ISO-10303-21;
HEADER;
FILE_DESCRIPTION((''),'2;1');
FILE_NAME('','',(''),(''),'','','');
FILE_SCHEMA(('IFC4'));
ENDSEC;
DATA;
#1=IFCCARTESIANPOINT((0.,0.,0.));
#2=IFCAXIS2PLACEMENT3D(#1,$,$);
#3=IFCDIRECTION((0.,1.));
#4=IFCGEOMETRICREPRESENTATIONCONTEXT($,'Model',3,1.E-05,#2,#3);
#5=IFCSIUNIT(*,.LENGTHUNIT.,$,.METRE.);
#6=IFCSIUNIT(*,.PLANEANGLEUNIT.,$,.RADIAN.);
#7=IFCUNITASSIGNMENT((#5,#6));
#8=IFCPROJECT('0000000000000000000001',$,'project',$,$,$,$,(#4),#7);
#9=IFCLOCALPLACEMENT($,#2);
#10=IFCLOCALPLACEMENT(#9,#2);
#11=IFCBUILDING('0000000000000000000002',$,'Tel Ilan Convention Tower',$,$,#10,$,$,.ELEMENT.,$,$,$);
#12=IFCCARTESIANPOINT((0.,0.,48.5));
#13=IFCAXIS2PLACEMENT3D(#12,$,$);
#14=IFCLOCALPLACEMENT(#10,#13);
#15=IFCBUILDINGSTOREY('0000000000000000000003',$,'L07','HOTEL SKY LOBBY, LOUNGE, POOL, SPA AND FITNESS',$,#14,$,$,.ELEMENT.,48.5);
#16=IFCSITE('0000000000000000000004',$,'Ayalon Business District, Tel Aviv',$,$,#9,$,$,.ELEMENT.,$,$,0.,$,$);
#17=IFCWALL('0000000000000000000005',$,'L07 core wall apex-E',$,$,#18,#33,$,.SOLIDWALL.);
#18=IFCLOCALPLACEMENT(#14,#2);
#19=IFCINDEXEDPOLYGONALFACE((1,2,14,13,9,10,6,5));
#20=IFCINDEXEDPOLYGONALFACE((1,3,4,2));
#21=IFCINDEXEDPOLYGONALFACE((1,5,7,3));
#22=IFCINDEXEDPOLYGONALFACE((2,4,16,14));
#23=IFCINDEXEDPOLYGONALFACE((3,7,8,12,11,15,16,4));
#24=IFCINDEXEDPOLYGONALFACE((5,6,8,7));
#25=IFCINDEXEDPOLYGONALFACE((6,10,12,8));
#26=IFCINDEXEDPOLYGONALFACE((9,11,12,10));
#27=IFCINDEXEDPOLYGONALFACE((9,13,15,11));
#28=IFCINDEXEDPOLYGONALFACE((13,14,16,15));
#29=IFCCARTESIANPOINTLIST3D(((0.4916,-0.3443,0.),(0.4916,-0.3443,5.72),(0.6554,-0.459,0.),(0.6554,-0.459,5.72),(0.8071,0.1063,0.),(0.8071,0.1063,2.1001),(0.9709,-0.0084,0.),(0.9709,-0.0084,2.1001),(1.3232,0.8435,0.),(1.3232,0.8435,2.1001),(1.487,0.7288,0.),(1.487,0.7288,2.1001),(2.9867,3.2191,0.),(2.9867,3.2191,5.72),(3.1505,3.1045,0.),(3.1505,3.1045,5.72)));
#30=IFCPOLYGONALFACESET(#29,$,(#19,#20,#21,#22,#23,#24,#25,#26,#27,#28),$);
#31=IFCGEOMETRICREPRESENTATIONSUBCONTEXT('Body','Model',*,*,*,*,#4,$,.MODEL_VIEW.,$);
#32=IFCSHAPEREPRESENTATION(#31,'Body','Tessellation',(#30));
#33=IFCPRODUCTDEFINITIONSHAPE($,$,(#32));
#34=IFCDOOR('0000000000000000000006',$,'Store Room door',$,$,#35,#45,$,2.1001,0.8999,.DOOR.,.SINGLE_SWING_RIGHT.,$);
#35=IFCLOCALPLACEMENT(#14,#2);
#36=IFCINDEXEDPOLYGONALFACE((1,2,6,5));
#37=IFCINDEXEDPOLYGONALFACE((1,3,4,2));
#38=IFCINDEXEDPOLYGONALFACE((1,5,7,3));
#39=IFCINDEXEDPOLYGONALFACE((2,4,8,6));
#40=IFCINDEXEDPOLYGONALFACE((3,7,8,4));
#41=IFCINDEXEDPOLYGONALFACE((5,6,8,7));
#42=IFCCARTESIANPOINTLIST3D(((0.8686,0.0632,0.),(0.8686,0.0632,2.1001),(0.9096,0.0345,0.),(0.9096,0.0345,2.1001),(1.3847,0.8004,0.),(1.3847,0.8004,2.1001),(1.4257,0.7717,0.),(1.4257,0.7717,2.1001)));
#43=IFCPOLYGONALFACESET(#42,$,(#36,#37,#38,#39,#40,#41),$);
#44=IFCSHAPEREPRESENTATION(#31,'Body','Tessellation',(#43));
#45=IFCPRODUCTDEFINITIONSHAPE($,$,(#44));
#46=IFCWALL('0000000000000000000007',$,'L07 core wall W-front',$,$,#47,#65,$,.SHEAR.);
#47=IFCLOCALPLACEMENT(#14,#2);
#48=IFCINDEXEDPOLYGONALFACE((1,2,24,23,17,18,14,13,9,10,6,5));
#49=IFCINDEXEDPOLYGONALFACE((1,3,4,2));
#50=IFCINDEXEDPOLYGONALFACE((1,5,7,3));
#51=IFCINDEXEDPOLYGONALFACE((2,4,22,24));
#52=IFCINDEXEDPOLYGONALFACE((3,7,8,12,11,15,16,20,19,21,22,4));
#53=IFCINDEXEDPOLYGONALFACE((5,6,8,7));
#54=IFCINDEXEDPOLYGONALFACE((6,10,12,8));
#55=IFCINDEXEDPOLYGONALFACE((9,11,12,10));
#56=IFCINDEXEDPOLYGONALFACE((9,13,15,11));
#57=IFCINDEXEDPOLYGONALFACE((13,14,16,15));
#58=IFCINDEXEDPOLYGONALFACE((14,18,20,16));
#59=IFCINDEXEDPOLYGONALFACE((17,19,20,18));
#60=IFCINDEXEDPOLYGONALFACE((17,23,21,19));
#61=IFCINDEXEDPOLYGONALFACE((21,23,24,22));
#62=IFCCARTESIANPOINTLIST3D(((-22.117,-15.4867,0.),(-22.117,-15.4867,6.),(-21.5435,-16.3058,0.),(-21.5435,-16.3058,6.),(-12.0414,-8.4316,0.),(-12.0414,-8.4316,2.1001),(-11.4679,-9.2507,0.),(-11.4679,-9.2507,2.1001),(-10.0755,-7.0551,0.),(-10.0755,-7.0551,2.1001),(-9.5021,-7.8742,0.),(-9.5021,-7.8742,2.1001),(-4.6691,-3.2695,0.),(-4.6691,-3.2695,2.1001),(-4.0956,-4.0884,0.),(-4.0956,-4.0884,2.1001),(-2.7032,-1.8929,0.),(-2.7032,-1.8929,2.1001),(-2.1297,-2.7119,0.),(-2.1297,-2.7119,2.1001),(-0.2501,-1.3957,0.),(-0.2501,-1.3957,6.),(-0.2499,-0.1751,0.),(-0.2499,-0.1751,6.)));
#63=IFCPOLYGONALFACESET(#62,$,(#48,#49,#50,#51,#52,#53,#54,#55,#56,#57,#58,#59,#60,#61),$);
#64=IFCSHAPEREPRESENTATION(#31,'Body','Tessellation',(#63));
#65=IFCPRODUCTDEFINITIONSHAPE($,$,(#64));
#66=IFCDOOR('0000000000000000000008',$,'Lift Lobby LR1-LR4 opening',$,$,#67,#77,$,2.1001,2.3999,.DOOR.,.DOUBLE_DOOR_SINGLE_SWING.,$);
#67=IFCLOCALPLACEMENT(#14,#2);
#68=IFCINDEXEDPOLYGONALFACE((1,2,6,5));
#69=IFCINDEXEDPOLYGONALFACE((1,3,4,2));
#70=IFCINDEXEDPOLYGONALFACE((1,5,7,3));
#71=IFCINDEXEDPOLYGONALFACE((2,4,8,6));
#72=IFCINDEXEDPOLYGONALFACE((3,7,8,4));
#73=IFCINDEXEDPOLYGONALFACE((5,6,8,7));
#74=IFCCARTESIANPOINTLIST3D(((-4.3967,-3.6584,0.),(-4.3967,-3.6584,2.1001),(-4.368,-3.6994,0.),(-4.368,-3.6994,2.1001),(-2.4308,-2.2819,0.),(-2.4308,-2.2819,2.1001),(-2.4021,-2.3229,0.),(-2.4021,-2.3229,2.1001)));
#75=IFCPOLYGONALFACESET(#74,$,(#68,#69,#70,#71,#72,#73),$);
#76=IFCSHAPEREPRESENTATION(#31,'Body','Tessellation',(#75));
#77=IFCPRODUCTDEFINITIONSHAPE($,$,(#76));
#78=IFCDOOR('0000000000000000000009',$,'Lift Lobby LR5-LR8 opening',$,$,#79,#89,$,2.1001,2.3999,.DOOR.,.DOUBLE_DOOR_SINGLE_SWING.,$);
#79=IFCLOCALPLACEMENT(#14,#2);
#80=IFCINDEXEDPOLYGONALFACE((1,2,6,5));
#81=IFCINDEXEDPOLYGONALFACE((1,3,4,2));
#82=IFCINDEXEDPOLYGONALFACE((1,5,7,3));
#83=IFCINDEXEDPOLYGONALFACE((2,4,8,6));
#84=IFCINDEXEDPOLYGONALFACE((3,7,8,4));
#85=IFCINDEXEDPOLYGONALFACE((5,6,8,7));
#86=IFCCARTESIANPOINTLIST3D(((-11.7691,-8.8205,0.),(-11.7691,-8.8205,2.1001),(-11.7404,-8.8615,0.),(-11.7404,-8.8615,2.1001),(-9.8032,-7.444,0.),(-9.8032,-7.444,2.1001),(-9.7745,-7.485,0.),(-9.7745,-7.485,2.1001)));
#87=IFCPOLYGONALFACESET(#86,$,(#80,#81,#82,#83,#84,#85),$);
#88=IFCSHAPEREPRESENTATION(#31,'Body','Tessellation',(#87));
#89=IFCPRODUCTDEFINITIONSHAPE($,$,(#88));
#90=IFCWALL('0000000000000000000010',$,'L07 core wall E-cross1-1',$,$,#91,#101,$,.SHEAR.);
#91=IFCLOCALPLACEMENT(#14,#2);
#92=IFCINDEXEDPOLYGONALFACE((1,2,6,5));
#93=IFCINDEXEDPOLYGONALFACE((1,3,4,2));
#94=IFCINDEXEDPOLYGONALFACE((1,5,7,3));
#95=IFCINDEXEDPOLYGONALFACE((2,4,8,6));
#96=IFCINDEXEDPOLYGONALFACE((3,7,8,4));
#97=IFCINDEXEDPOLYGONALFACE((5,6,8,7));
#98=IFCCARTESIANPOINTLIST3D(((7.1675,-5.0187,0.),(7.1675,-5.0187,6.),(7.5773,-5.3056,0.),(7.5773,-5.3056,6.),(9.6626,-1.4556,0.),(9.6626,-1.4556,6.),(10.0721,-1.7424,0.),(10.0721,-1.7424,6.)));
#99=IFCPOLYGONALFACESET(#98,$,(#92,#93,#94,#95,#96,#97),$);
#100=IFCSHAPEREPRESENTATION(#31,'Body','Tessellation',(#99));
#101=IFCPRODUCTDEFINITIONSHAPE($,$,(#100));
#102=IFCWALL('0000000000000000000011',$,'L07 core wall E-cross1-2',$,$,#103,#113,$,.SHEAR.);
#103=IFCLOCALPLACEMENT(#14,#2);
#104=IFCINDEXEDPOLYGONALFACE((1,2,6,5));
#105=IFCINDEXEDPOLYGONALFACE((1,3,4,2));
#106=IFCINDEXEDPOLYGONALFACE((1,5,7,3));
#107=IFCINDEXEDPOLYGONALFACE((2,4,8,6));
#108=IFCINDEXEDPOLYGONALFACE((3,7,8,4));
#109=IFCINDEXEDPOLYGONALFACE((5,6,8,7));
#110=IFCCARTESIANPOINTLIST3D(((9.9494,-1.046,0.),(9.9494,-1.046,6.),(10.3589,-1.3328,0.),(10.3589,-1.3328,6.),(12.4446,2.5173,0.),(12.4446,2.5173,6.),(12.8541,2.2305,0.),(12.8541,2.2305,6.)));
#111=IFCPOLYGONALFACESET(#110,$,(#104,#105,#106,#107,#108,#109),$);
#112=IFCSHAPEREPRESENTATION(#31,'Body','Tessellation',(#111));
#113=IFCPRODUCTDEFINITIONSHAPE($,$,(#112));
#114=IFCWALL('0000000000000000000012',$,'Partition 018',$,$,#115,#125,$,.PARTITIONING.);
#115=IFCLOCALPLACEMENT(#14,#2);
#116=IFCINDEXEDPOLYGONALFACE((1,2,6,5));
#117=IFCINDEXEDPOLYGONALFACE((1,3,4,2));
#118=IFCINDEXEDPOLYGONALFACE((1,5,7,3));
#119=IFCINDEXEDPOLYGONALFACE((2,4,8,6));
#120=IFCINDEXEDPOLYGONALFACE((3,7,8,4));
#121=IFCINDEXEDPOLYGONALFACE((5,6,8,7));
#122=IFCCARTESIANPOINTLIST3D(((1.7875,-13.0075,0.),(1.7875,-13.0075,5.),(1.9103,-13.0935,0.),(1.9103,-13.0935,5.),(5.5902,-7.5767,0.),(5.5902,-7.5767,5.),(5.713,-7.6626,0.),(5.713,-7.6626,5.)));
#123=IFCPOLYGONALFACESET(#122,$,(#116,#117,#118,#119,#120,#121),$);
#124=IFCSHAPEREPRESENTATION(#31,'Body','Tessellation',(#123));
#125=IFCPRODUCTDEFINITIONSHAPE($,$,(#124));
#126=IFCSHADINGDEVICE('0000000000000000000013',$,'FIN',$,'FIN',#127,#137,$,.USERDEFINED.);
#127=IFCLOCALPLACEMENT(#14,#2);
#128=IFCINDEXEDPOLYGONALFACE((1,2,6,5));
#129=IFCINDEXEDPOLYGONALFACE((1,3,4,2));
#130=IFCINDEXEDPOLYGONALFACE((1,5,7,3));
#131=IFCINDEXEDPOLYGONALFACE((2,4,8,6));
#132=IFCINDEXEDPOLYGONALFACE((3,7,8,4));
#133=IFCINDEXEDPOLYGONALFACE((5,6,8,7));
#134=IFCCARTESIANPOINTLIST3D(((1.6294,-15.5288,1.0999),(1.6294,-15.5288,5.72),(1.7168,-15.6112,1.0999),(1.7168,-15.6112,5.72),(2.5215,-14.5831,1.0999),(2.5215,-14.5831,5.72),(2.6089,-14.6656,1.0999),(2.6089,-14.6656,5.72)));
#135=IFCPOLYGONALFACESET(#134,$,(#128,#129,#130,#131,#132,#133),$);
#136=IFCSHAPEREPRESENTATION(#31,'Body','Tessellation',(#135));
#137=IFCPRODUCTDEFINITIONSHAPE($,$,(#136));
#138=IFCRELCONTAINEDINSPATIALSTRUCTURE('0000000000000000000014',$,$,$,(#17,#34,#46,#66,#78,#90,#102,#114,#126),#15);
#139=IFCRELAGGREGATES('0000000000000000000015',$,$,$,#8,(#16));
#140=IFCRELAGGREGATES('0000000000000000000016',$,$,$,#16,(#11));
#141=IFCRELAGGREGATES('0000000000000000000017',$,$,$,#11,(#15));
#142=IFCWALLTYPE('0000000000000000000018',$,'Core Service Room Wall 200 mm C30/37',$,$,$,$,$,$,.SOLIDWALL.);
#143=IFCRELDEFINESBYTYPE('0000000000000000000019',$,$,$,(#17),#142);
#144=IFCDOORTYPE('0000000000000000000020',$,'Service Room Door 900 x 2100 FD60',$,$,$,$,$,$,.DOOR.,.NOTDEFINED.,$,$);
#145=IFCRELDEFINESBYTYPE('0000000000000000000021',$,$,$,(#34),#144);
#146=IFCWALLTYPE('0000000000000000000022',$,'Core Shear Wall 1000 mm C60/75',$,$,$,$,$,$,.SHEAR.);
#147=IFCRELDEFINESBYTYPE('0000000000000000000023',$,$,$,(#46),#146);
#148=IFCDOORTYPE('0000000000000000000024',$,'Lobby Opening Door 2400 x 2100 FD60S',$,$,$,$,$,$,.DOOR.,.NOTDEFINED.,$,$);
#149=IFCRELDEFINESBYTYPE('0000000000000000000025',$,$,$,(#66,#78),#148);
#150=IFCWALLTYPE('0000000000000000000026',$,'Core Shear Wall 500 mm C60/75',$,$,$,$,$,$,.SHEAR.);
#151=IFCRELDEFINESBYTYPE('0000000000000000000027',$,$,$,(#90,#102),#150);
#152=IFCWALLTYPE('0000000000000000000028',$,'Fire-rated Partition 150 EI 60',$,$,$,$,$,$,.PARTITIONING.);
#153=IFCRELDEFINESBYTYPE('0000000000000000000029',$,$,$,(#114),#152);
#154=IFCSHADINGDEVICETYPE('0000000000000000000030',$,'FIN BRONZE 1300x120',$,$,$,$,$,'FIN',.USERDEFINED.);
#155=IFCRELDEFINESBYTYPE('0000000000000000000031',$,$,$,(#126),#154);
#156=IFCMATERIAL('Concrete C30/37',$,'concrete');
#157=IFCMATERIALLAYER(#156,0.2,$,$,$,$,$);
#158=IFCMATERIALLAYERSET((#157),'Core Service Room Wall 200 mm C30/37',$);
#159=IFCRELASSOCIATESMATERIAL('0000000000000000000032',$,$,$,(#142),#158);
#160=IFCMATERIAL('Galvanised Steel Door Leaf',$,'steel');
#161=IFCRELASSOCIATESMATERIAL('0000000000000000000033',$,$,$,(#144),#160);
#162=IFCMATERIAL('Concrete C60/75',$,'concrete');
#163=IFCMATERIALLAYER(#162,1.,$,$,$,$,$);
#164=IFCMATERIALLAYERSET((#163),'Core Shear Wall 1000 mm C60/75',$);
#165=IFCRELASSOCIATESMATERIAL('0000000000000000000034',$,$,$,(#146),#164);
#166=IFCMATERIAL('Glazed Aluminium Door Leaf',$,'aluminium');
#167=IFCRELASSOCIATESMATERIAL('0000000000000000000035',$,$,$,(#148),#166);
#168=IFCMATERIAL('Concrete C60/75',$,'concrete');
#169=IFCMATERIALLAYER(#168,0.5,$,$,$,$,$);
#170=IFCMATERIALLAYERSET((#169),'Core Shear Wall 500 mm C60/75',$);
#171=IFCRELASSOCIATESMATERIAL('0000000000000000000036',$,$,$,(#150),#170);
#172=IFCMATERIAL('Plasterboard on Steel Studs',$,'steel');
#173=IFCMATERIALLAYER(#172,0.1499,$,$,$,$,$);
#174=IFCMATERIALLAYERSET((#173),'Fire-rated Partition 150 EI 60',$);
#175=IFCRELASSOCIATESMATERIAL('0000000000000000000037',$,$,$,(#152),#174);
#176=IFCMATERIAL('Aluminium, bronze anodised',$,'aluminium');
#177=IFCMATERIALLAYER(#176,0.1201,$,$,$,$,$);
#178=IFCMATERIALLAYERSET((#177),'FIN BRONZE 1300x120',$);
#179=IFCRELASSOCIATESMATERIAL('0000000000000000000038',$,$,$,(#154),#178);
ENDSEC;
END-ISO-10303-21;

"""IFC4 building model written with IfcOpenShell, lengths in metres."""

from ifc_helpers import new_model, si_unit, direction, frame, frame_2d, origin, origin_2d, place, context, subcontext, project, spatial, polyline, rectangle, outline, extrude, material, layer, layer_set, type_object, element, fill, save


model = new_model("IFC4")

# Units and contexts
model_context = context("Model", 3, precision=1e-05, world=origin(), true_north=direction((0.0, 1.0)))
body_context = subcontext(model_context, "Body", "Model", "MODEL_VIEW")
ifc_project = project(units=[si_unit("LENGTHUNIT", "METRE"), si_unit("PLANEANGLEUNIT", "RADIAN")], contexts=[model_context])

# Site, building, storey
site_placement = place(None, origin())
site = spatial("IfcSite", under=ifc_project, at=site_placement, Name="Ayalon Business District, Tel Aviv", CompositionType="ELEMENT", RefElevation=0.0)
building_placement = place(site_placement, origin())
building = spatial("IfcBuilding", under=site, at=building_placement, Name="Tel Ilan Convention Tower", CompositionType="ELEMENT")
storey_placement = place(building_placement, frame((0.0, 0.0, 48.5)))
storey = spatial("IfcBuildingStorey", under=building, at=storey_placement, Name="L07", Description="HOTEL SKY LOBBY, LOUNGE, POOL, SPA AND FITNESS", CompositionType="ELEMENT", Elevation=48.5)

# Wall, opening, door
ifc_material_1 = material(Name="Concrete C30/37", Category="concrete")
ifc_layer_1 = layer(ifc_material_1, 0.2)
ifc_layer_set_1 = layer_set([ifc_layer_1], Name="Core Service Room Wall 200 mm C30/37")
wall_type_1 = type_object("IfcWallType", Name="Core Service Room Wall 200 mm C30/37", PredefinedType="SOLIDWALL", material=ifc_layer_set_1)
wall_1_placement = place(storey_placement, frame((0.5735, -0.4016, 0.0), z_axis=(0.0, 0.0, 1.0), x_axis=(0.573568, 0.819158, 0.0)))
wall_1 = element("IfcWall", 1, at=wall_1_placement, inside=storey, type_object=wall_type_1, Name="L07 core wall apex-E", PredefinedType="SOLIDWALL", context=body_context, shape_type="SweptSolid", body=[
    extrude(rectangle(XDim=4.3501, YDim=0.2, at=frame_2d((2.175, 0.0))), origin(), (0.0, 0.0, 1.0), 5.72),
])
opening_1_placement = place(wall_1_placement, frame((0.55, 0.0, 0.0)))
opening_1 = element("IfcOpeningElement", 2, at=opening_1_placement, cuts=wall_1, PredefinedType="OPENING", context=body_context, shape_type="SweptSolid", body=[
    extrude(rectangle(XDim=0.8999, YDim=2.1001, at=frame_2d((0.45, 1.05))), frame((0.0, 0.1099, 0.0), z_axis=(0.0, -1.0, 0.0), x_axis=(1.0, 0.0, 0.0)), (0.0, 0.0, 1.0), 0.22),
])
ifc_material_2 = material(Name="Galvanised Steel Door Leaf", Category="steel")
door_type_1 = type_object("IfcDoorType", Name="Service Room Door 900 x 2100 FD60", OperationType="NOTDEFINED", PredefinedType="DOOR", material=ifc_material_2)
door_1_placement = place(opening_1_placement, origin())
door_1 = element("IfcDoor", 3, at=door_1_placement, inside=storey, type_object=door_type_1, Name="Store Room door", OperationType="SINGLE_SWING_RIGHT", OverallHeight=2.1001, OverallWidth=0.8999, PredefinedType="DOOR", context=body_context, shape_type="SweptSolid", body=[
    extrude(rectangle(XDim=0.8999, YDim=2.1001, at=frame_2d((0.45, 1.05))), frame((0.0, 0.0249, 0.0), z_axis=(0.0, -1.0, 0.0), x_axis=(1.0, 0.0, 0.0)), (0.0, 0.0, 1.0), 0.05),
])
fill(opening_1, door_1)

# Wall, openings, doors
ifc_material_3 = material(Name="Concrete C60/75", Category="concrete")
ifc_layer_2 = layer(ifc_material_3, 1.0)
ifc_layer_set_2 = layer_set([ifc_layer_2], Name="Core Shear Wall 1000 mm C60/75")
wall_type_2 = type_object("IfcWallType", Name="Core Shear Wall 1000 mm C60/75", PredefinedType="SHEAR", material=ifc_layer_set_2)
wall_2_placement = place(storey_placement, frame((0.0369, -0.5847, 0.0), z_axis=(0.0, 0.0, 1.0), x_axis=(-0.819157, -0.573569, 0.0)))
wall_2 = element("IfcWall", 4, at=wall_2_placement, inside=storey, type_object=wall_type_2, Name="L07 core wall W-front", PredefinedType="SHEAR", context=body_context, shape_type="SweptSolid", body=[
    extrude(outline(polyline([(26.6948, 0.5002), (0.7002, 0.4998), (0.0, -0.5), (26.6948, -0.4998), (26.6948, 0.5002)])), origin(), (0.0, 0.0, 1.0), 6.0),
])
opening_2_placement = place(wall_2_placement, frame((2.9949, 0.0, 0.0)))
opening_2 = element("IfcOpeningElement", 5, at=opening_2_placement, cuts=wall_2, PredefinedType="OPENING", context=body_context, shape_type="SweptSolid", body=[
    extrude(rectangle(XDim=2.3999, YDim=2.1001, at=frame_2d((1.2, 1.05))), frame((0.0, 0.51, 0.0), z_axis=(0.0, -1.0, 0.0), x_axis=(1.0, 0.0, 0.0)), (0.0, 0.0, 1.0), 1.02),
])
opening_3_placement = place(wall_2_placement, frame((11.9949, 0.0, 0.0)))
opening_3 = element("IfcOpeningElement", 6, at=opening_3_placement, cuts=wall_2, PredefinedType="OPENING", context=body_context, shape_type="SweptSolid", body=[
    extrude(rectangle(XDim=2.3999, YDim=2.1001, at=frame_2d((1.2, 1.05))), frame((0.0, 0.51, 0.0), z_axis=(0.0, -1.0, 0.0), x_axis=(1.0, 0.0, 0.0)), (0.0, 0.0, 1.0), 1.02),
])
ifc_material_4 = material(Name="Glazed Aluminium Door Leaf", Category="aluminium")
door_type_2 = type_object("IfcDoorType", Name="Lobby Opening Door 2400 x 2100 FD60S", OperationType="NOTDEFINED", PredefinedType="DOOR", material=ifc_material_4)
door_2_placement = place(opening_2_placement, origin())
door_2 = element("IfcDoor", 7, at=door_2_placement, inside=storey, type_object=door_type_2, Name="Lift Lobby LR1-LR4 opening", OperationType="DOUBLE_DOOR_SINGLE_SWING", OverallHeight=2.1001, OverallWidth=2.3999, PredefinedType="DOOR", context=body_context, shape_type="SweptSolid", body=[
    extrude(rectangle(XDim=2.3999, YDim=2.1001, at=frame_2d((1.2, 1.05))), frame((0.0, 0.0249, 0.0), z_axis=(0.0, -1.0, 0.0), x_axis=(1.0, 0.0, 0.0)), (0.0, 0.0, 1.0), 0.05),
])
fill(opening_2, door_2)
door_3_placement = place(opening_3_placement, origin())
door_3 = element("IfcDoor", 8, at=door_3_placement, inside=storey, type_object=door_type_2, Name="Lift Lobby LR5-LR8 opening", OperationType="DOUBLE_DOOR_SINGLE_SWING", OverallHeight=2.1001, OverallWidth=2.3999, PredefinedType="DOOR", context=body_context, shape_type="SweptSolid", body=[
    extrude(rectangle(XDim=2.3999, YDim=2.1001, at=frame_2d((1.2, 1.05))), frame((0.0, 0.0249, 0.0), z_axis=(0.0, -1.0, 0.0), x_axis=(1.0, 0.0, 0.0)), (0.0, 0.0, 1.0), 0.05),
])
fill(opening_3, door_3)

# Walls
ifc_material_5 = material(Name="Concrete C60/75", Category="concrete")
ifc_layer_3 = layer(ifc_material_5, 0.5)
ifc_layer_set_3 = layer_set([ifc_layer_3], Name="Core Shear Wall 500 mm C60/75")
wall_type_3 = type_object("IfcWallType", Name="Core Shear Wall 500 mm C60/75", PredefinedType="SHEAR", material=ifc_layer_set_3)
wall_3_placement = place(storey_placement, frame((7.3723, -5.1621, 0.0), z_axis=(0.0, 0.0, 1.0), x_axis=(0.573594, 0.81914, 0.0)))
element("IfcWall", 9, at=wall_3_placement, inside=storey, type_object=wall_type_3, Name="L07 core wall E-cross1-1", PredefinedType="SHEAR", context=body_context, shape_type="SweptSolid", body=[
    extrude(outline(polyline([(0.0, 0.25), (0.0, -0.2502), (4.3499, -0.25), (4.3499, 0.25), (0.0, 0.25)])), origin(), (0.0, 0.0, 1.0), 6.0),
])
wall_4_placement = place(storey_placement, frame((10.1543, -1.1892, 0.0), z_axis=(0.0, 0.0, 1.0), x_axis=(0.573594, 0.81914, 0.0)))
element("IfcWall", 10, at=wall_4_placement, inside=storey, type_object=wall_type_3, Name="L07 core wall E-cross1-2", PredefinedType="SHEAR", context=body_context, shape_type="SweptSolid", body=[
    extrude(outline(polyline([(4.3499, -0.25), (4.3499, 0.25), (-0.0002, 0.25), (-0.0002, -0.25), (4.3499, -0.25)])), origin(), (0.0, 0.0, 1.0), 6.0),
])
ifc_material_6 = material(Name="Plasterboard on Steel Studs", Category="steel")
ifc_layer_4 = layer(ifc_material_6, 0.1499)
ifc_layer_set_4 = layer_set([ifc_layer_4], Name="Fire-rated Partition 150 EI 60")
wall_type_4 = type_object("IfcWallType", Name="Fire-rated Partition 150 EI 60", PredefinedType="PARTITIONING", material=ifc_layer_set_4)
wall_5_placement = place(storey_placement, frame((1.8489, -13.0505, 0.0), z_axis=(0.0, 0.0, 1.0), x_axis=(0.573574, 0.819154, 0.0)))
element("IfcWall", 11, at=wall_5_placement, inside=storey, type_object=wall_type_4, Name="Partition 018", PredefinedType="PARTITIONING", context=body_context, shape_type="SweptSolid", body=[
    extrude(rectangle(XDim=6.6299, YDim=0.1499, at=frame_2d((3.3149, 0.0))), origin(), (0.0, 0.0, 1.0), 5.0),
])

# Shading device
ifc_material_7 = material(Name="Aluminium, bronze anodised", Category="aluminium")
ifc_layer_5 = layer(ifc_material_7, 0.1201)
ifc_layer_set_5 = layer_set([ifc_layer_5], Name="FIN BRONZE 1300x120")
shading_device_type = type_object("IfcShadingDeviceType", Name="FIN BRONZE 1300x120", ElementType="FIN", PredefinedType="USERDEFINED", material=ifc_layer_set_5)
shading_device_placement = place(storey_placement, frame((2.1191, -15.0972, 1.0999), z_axis=(0.0, 0.0, 1.0), x_axis=(-0.686242, -0.727374, 0.0)))
element("IfcShadingDevice", 12, at=shading_device_placement, inside=storey, type_object=shading_device_type, Name="FIN", ObjectType="FIN", PredefinedType="USERDEFINED", context=body_context, shape_type="SweptSolid", body=[
    extrude(rectangle(XDim=1.3, YDim=0.1201, at=origin_2d()), origin(), (0.0, 0.0, 1.0), 4.6201),
])

save(model, "model.ifc")
